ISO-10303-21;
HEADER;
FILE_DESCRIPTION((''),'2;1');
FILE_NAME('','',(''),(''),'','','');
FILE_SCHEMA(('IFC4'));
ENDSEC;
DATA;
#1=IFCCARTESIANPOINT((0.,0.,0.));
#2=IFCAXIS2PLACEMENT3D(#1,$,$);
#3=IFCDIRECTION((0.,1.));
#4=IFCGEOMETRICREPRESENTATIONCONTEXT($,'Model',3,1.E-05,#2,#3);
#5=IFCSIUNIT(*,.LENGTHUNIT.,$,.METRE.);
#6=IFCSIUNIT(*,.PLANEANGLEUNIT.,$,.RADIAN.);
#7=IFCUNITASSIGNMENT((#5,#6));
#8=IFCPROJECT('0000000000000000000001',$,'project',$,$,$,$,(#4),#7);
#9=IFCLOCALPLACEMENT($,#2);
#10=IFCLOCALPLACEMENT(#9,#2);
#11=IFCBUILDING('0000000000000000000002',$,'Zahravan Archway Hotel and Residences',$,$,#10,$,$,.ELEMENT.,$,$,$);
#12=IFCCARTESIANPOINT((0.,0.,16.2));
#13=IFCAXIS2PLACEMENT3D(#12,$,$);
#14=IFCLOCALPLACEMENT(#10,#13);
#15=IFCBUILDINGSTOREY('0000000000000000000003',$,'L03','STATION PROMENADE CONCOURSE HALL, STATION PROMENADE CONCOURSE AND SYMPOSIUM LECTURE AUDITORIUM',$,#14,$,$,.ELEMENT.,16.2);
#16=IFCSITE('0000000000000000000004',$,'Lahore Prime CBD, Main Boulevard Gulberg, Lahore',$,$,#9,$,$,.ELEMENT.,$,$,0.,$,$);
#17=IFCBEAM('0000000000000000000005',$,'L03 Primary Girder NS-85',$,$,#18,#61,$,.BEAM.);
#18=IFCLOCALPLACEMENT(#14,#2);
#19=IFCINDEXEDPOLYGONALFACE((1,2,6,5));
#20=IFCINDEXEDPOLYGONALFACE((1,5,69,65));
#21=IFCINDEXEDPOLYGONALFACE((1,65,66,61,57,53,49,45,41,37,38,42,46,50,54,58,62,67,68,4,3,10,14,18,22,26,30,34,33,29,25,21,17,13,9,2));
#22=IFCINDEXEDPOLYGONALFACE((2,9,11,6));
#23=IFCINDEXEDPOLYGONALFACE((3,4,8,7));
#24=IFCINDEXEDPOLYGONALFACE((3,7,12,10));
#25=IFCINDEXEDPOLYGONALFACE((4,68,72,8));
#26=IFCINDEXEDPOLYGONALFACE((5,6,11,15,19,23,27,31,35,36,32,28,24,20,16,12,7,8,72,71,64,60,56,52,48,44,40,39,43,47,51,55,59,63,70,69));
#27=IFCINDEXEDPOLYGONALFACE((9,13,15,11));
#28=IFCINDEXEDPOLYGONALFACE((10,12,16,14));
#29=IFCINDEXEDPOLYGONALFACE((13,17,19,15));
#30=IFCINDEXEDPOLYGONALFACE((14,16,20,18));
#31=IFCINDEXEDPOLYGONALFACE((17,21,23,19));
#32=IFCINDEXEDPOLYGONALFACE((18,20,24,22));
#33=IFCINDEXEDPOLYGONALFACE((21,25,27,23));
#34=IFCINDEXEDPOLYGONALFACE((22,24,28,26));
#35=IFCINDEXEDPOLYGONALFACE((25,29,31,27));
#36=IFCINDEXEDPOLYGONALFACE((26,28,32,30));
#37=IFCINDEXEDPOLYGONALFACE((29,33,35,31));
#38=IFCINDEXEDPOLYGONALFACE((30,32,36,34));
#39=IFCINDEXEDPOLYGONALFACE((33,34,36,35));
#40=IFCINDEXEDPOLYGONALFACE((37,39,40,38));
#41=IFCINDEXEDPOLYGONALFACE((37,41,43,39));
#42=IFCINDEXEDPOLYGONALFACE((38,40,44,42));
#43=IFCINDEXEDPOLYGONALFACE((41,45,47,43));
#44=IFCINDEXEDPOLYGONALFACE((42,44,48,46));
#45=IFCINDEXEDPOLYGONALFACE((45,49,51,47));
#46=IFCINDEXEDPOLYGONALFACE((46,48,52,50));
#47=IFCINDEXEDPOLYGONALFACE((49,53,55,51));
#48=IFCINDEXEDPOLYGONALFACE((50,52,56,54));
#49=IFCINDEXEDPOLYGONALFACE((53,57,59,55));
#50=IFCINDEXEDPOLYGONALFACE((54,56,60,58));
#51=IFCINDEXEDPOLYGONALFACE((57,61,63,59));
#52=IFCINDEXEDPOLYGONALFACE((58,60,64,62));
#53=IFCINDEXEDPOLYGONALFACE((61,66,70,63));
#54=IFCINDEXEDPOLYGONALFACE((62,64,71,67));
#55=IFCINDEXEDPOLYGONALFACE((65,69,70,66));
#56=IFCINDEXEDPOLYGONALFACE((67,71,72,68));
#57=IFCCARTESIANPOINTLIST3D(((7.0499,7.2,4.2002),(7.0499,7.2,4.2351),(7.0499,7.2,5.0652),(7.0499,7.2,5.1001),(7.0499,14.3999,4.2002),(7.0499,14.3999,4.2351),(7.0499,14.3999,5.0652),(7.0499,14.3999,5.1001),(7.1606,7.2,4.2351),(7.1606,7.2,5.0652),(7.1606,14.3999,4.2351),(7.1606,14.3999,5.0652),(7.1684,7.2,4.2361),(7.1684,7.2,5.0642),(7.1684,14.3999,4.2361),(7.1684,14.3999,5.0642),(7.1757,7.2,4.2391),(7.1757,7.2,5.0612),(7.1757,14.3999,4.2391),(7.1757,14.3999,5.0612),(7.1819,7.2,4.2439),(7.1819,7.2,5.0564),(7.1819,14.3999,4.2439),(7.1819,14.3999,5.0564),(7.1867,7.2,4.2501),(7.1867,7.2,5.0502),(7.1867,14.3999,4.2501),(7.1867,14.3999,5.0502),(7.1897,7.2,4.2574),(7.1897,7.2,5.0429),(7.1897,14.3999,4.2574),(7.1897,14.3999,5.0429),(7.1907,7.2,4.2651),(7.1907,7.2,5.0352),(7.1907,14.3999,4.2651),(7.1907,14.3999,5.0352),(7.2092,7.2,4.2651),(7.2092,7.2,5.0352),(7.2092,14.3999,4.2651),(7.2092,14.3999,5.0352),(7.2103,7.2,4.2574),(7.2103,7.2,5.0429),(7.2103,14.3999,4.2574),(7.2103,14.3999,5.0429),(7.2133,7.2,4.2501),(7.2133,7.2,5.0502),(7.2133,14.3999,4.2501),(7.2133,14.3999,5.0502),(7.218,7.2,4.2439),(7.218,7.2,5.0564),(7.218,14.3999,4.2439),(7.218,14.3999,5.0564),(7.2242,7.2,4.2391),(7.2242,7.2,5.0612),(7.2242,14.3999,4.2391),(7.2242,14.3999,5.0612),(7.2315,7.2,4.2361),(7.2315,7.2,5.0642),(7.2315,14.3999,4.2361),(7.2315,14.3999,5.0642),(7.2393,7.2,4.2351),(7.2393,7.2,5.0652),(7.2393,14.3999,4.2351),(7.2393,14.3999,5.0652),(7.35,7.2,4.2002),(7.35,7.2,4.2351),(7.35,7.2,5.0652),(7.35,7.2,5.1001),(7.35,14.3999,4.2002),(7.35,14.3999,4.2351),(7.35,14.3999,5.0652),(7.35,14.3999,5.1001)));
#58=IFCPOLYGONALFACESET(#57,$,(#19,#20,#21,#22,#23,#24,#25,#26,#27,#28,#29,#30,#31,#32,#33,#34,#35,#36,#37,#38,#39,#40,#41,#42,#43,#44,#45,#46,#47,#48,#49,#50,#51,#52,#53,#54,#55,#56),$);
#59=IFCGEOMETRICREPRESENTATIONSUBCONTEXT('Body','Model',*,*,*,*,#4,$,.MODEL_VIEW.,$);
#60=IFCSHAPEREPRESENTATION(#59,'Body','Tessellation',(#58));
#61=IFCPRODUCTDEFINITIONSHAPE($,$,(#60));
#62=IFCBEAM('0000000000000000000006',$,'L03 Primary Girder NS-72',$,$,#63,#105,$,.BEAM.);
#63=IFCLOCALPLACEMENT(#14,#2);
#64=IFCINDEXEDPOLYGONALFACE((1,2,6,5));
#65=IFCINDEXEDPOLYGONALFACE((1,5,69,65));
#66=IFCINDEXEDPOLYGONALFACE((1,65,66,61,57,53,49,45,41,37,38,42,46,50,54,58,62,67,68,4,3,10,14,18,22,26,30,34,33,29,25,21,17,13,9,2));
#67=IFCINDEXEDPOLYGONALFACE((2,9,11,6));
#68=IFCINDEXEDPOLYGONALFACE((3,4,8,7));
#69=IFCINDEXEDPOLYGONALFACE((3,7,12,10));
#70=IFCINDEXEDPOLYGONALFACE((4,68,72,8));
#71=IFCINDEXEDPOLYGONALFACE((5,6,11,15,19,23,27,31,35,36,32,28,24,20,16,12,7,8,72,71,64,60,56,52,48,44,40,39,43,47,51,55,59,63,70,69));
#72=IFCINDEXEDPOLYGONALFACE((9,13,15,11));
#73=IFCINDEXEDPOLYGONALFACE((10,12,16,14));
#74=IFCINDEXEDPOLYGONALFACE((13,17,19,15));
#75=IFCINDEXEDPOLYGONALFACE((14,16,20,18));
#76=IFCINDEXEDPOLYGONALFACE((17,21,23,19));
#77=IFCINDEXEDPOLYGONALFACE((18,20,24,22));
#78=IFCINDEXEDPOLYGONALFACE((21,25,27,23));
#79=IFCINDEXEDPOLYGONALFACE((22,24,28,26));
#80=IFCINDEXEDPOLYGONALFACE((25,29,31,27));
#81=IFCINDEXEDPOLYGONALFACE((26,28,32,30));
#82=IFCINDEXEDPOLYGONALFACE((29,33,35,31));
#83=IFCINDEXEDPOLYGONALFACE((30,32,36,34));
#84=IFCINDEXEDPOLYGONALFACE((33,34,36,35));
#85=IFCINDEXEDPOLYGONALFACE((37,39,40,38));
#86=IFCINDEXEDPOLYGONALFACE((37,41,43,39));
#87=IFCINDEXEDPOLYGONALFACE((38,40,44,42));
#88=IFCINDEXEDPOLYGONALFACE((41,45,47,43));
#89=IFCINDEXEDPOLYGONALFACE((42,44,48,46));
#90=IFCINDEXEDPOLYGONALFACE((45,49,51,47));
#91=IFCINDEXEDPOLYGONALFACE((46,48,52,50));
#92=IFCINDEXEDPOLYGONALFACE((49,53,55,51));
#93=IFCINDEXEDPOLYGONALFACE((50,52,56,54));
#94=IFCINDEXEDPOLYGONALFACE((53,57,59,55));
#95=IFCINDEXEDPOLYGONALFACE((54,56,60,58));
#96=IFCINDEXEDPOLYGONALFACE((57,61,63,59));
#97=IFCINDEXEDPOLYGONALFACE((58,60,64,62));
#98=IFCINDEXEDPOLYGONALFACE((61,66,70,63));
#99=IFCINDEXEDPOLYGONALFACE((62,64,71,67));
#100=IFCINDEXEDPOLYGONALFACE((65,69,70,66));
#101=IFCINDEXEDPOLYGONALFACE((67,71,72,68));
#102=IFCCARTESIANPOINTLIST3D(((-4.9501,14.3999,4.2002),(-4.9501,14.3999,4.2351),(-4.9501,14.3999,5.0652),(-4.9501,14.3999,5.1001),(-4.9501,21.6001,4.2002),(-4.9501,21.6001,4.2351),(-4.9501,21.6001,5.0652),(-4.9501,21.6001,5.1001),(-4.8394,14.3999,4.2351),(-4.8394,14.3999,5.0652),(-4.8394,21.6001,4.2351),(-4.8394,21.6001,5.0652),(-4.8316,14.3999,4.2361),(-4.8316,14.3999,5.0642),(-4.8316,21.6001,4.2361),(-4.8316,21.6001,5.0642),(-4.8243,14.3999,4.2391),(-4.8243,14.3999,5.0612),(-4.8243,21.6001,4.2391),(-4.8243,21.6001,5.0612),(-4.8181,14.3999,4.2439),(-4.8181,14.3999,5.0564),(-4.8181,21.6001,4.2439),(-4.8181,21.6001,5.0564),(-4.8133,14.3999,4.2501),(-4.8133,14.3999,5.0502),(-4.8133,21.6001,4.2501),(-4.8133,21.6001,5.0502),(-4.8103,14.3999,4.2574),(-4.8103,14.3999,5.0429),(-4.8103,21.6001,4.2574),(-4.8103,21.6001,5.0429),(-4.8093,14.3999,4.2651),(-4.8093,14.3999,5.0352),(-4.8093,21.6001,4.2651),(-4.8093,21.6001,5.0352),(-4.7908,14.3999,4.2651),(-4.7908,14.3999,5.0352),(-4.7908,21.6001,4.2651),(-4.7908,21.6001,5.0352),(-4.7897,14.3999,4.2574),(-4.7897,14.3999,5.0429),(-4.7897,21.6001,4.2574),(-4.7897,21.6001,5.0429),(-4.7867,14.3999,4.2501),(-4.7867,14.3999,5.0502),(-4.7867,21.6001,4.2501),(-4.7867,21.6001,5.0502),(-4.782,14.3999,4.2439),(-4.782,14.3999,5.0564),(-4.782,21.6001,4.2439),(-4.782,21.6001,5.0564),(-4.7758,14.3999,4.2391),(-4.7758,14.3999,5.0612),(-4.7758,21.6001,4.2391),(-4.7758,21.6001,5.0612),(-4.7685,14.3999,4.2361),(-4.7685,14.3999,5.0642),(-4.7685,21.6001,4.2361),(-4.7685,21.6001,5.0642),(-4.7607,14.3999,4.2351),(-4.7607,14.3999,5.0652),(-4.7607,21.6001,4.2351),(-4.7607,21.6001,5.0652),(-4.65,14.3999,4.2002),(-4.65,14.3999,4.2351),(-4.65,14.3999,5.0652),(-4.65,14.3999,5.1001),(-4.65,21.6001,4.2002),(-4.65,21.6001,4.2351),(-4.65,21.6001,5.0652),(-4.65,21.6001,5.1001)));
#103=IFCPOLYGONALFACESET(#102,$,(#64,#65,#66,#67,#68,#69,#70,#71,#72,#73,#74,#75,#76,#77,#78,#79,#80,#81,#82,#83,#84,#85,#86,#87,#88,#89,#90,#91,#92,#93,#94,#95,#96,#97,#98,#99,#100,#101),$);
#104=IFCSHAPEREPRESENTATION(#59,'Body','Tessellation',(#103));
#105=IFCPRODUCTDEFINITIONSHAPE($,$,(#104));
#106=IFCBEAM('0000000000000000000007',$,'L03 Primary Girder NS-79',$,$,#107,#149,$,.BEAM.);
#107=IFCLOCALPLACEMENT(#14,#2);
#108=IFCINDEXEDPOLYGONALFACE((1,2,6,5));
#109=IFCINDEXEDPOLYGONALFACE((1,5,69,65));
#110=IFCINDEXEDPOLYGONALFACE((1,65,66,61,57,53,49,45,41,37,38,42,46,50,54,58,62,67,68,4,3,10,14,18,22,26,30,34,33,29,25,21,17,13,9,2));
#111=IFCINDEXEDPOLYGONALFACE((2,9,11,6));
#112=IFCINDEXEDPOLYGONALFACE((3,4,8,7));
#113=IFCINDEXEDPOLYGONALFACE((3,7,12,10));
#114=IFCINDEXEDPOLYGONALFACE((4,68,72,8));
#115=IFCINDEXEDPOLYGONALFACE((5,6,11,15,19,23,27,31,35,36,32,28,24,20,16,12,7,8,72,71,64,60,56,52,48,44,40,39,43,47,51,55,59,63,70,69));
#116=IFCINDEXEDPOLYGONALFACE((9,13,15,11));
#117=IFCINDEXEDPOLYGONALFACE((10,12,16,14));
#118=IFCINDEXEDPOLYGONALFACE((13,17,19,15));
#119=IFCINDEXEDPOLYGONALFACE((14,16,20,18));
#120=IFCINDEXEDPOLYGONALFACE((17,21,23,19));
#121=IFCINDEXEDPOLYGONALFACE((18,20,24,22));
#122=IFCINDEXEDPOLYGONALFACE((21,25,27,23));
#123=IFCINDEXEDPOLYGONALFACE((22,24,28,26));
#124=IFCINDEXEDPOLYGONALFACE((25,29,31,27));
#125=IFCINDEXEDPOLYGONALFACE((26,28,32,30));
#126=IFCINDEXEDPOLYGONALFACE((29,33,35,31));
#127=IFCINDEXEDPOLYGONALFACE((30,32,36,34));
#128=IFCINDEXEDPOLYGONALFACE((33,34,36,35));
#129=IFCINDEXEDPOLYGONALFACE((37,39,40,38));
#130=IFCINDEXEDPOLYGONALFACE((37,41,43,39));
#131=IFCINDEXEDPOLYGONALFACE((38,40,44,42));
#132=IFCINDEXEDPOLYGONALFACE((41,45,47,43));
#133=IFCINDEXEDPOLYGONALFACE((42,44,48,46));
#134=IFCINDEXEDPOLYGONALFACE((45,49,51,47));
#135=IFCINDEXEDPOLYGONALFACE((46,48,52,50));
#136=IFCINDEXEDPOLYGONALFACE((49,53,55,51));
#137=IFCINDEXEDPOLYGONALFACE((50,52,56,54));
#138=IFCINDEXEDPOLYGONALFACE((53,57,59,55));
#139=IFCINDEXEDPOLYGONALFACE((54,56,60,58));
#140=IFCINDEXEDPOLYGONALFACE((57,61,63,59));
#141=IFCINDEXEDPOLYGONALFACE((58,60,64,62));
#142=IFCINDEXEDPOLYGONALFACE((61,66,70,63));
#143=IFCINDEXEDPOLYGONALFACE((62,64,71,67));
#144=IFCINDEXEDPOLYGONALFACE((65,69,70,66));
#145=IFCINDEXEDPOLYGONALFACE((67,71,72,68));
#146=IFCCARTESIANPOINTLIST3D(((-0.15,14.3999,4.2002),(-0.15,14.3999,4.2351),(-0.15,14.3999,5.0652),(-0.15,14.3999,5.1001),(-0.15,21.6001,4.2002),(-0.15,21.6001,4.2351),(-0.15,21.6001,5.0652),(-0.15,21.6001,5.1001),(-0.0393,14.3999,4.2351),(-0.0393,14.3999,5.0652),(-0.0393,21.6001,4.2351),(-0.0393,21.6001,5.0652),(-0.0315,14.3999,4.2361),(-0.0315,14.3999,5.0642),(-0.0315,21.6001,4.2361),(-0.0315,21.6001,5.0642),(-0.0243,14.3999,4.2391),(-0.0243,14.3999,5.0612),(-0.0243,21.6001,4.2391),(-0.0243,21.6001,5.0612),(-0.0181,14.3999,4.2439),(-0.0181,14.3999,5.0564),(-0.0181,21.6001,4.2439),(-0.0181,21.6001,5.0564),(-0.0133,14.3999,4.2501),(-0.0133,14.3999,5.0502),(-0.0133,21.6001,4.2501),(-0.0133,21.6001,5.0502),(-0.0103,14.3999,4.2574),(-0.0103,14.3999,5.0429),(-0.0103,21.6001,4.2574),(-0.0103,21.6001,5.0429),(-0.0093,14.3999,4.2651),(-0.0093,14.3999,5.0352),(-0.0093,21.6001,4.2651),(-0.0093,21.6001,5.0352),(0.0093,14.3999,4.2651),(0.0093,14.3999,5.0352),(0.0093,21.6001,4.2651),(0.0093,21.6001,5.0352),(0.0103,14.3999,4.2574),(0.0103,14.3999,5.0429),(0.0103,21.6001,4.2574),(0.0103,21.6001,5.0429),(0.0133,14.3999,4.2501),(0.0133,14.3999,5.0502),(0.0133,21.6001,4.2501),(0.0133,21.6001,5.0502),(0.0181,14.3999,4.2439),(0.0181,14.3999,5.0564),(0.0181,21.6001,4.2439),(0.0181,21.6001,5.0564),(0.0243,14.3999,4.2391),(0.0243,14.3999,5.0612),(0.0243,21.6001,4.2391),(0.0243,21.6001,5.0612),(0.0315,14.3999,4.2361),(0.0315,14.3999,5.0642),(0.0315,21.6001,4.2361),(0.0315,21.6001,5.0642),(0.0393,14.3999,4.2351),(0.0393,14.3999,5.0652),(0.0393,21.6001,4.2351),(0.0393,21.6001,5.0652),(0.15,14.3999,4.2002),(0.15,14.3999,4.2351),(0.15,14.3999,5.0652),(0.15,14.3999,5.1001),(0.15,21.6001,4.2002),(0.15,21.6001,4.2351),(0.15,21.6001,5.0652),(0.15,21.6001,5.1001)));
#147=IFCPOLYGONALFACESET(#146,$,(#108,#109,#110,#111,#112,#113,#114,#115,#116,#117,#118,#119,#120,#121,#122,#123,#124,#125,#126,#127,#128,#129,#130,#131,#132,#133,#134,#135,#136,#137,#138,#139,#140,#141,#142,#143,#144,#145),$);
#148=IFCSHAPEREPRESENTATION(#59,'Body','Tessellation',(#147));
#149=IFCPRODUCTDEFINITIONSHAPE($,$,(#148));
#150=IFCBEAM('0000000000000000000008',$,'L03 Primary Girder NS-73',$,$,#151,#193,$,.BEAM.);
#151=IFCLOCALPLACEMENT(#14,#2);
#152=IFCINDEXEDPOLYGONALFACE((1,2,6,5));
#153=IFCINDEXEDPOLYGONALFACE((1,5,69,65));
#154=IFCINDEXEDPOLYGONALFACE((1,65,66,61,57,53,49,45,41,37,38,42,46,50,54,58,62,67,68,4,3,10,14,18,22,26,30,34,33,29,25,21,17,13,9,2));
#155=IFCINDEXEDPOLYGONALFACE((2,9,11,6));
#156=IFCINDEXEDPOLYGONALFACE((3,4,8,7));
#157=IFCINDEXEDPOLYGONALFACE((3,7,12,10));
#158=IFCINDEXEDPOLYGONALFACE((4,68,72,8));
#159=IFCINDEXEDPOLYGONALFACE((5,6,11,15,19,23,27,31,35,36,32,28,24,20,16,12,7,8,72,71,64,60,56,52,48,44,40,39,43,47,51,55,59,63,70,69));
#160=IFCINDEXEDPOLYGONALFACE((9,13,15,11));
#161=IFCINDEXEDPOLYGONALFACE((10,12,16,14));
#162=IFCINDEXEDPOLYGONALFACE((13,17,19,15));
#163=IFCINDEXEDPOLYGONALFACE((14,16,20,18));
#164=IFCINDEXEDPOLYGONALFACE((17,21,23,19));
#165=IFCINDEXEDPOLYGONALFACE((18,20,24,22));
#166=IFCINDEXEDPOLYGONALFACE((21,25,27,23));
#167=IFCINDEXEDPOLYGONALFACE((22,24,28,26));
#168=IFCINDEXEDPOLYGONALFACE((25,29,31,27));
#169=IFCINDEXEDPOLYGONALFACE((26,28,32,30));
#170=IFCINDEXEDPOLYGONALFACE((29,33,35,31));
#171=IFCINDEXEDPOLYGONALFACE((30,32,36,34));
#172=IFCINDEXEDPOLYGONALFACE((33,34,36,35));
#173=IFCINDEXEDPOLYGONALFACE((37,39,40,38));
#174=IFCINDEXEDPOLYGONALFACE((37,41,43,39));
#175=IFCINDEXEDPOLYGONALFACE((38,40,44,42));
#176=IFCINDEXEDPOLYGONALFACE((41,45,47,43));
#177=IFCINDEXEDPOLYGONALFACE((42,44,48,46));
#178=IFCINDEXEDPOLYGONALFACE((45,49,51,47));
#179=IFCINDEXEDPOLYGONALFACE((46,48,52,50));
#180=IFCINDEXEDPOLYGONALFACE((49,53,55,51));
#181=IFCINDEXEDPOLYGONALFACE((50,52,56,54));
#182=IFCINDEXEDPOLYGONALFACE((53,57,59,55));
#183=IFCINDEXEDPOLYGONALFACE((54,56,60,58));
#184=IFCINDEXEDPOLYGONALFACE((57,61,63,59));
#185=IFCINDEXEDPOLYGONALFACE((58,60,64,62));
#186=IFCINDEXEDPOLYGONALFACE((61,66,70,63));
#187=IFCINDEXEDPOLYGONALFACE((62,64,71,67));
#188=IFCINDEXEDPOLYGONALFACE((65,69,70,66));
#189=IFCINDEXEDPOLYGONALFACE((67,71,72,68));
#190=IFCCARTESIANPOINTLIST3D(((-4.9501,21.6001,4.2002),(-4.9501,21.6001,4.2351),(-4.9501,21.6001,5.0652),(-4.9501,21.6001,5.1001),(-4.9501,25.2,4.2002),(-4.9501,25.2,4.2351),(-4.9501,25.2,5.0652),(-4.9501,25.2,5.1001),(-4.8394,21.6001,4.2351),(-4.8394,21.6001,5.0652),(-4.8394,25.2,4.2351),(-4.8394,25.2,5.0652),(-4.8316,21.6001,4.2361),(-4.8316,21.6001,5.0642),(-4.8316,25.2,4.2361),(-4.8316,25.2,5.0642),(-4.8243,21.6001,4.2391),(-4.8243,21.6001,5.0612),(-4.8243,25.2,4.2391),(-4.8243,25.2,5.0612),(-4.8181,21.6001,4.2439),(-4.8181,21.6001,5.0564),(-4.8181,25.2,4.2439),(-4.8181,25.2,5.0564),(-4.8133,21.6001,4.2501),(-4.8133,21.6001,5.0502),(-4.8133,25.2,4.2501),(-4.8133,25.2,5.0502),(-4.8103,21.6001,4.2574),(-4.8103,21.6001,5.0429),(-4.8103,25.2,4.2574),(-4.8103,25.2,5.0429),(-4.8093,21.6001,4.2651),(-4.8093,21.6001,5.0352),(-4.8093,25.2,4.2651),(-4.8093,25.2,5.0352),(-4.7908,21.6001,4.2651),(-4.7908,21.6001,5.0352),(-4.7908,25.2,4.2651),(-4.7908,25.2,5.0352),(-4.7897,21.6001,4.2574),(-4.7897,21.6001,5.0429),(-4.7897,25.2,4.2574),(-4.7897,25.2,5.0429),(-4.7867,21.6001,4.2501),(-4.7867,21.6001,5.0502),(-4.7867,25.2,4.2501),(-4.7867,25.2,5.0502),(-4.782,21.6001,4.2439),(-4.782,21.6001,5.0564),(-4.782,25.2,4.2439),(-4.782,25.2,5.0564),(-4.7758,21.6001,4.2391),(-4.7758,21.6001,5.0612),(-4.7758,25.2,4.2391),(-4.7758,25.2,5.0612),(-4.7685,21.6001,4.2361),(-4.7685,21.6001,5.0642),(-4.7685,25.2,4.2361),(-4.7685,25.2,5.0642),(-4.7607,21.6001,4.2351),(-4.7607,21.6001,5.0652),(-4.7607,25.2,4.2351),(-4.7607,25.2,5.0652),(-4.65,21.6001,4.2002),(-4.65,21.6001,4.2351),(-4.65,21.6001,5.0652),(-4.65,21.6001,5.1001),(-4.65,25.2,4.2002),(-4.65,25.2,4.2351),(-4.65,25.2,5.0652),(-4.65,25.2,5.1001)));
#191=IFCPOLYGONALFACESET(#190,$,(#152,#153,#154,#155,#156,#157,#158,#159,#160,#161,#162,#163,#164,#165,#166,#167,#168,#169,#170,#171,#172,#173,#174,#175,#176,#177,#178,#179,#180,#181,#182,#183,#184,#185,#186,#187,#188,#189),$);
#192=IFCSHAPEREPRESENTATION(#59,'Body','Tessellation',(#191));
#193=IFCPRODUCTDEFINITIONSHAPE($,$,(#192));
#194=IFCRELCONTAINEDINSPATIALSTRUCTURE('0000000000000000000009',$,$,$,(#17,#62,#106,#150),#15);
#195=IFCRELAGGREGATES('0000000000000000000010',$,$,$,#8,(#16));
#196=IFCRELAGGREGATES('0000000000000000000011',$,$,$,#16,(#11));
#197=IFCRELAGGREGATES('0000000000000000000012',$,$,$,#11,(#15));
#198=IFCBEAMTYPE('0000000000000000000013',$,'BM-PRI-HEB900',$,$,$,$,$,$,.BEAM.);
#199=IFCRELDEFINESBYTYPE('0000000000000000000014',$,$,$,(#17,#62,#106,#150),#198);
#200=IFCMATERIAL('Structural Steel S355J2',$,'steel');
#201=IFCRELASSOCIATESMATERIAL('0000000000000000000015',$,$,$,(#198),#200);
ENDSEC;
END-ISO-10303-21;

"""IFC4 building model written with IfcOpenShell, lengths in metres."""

from ifc_helpers import new_model, si_unit, direction, frame, origin, origin_2d, place, context, subcontext, project, spatial, i_section, extrude, source, transform, mapped, material, material_profile, profile_set, type_object, element, save


model = new_model("IFC4")

# Units and contexts
model_context = context("Model", 3, precision=1e-05, world=origin(), true_north=direction((0.0, 1.0)))
body_context = subcontext(model_context, "Body", "Model", "MODEL_VIEW")
ifc_project = project(units=[si_unit("LENGTHUNIT", "METRE"), si_unit("PLANEANGLEUNIT", "RADIAN")], contexts=[model_context])

# Site, building, storey
site_placement = place(None, origin())
site = spatial("IfcSite", under=ifc_project, at=site_placement, Name="Lahore Prime CBD, Main Boulevard Gulberg, Lahore", CompositionType="ELEMENT", RefElevation=0.0)
building_placement = place(site_placement, origin())
building = spatial("IfcBuilding", under=site, at=building_placement, Name="Zahravan Archway Hotel and Residences", CompositionType="ELEMENT")
storey_placement = place(building_placement, frame((0.0, 0.0, 16.2)))
storey = spatial("IfcBuildingStorey", under=building, at=storey_placement, Name="L03", Description="STATION PROMENADE CONCOURSE HALL, STATION PROMENADE CONCOURSE AND SYMPOSIUM LECTURE AUDITORIUM", CompositionType="ELEMENT", Elevation=16.2)

# Beams
ifc_material_1 = material(Name="Structural Steel S355J2", Category="steel")
ifc_material_profile_1 = material_profile(ifc_material_1, i_section(OverallWidth=0.3, OverallDepth=0.8999, WebThickness=0.0186, FlangeThickness=0.0349, FilletRadius=0.03, at=origin_2d()), Name="HEB 900", Category="steel")
ifc_profile_set_1 = profile_set([ifc_material_profile_1], Name="Structural Steel S355J2")
beam_type_1 = type_object("IfcBeamType", Name="BM-PRI-HEB900", PredefinedType="BEAM", material=ifc_profile_set_1)
shared_shape_1 = source(origin(), body_context, "Body", "SweptSolid", [
    extrude(i_section(OverallWidth=0.3, OverallDepth=0.8999, WebThickness=0.0186, FlangeThickness=0.0349, FilletRadius=0.03, at=origin_2d()), origin(), (0.0, 0.0, 1.0), 7.2),
])
for number, where, z_axis, x_axis, name in (
    (1, (7.2, 7.2, 4.6501), (0.0, 1.0, 0.0), (-1.0, 0.0, 0.0), "L03 Primary Girder NS-85"),
):
    element("IfcBeam", number, at=place(storey_placement, frame(where, z_axis=z_axis, x_axis=x_axis)), inside=storey, type_object=beam_type_1, Name=name, PredefinedType="BEAM", context=body_context, shape_type="MappedRepresentation", body=[
        mapped(shared_shape_1, transform((0.0, 0.0, 0.0), scale=1.0)),
    ])
shared_shape_2 = source(origin(), body_context, "Body", "SweptSolid", [
    extrude(i_section(OverallWidth=0.3, OverallDepth=0.8999, WebThickness=0.0186, FlangeThickness=0.0349, FilletRadius=0.03, at=origin_2d()), origin(), (0.0, 0.0, 1.0), 7.2002),
])
for number, where, z_axis, x_axis, name in (
    (2, (-4.8, 14.3999, 4.6501), (0.0, 1.0, 0.0), (-1.0, 0.0, 0.0), "L03 Primary Girder NS-72"),
    (3, (0.0, 14.3999, 4.6501), (0.0, 1.0, 0.0), (-1.0, 0.0, 0.0), "L03 Primary Girder NS-79"),
):
    element("IfcBeam", number, at=place(storey_placement, frame(where, z_axis=z_axis, x_axis=x_axis)), inside=storey, type_object=beam_type_1, Name=name, PredefinedType="BEAM", context=body_context, shape_type="MappedRepresentation", body=[
        mapped(shared_shape_2, transform((0.0, 0.0, 0.0), scale=1.0)),
    ])
shared_shape_3 = source(origin(), body_context, "Body", "SweptSolid", [
    extrude(i_section(OverallWidth=0.3, OverallDepth=0.8999, WebThickness=0.0186, FlangeThickness=0.0349, FilletRadius=0.03, at=origin_2d()), origin(), (0.0, 0.0, 1.0), 3.5999),
])
for number, where, z_axis, x_axis, name in (
    (4, (-4.8, 21.6001, 4.6501), (0.0, 1.0, 0.0), (-1.0, 0.0, 0.0), "L03 Primary Girder NS-73"),
):
    element("IfcBeam", number, at=place(storey_placement, frame(where, z_axis=z_axis, x_axis=x_axis)), inside=storey, type_object=beam_type_1, Name=name, PredefinedType="BEAM", context=body_context, shape_type="MappedRepresentation", body=[
        mapped(shared_shape_3, transform((0.0, 0.0, 0.0), scale=1.0)),
    ])

save(model, "model.ifc")
